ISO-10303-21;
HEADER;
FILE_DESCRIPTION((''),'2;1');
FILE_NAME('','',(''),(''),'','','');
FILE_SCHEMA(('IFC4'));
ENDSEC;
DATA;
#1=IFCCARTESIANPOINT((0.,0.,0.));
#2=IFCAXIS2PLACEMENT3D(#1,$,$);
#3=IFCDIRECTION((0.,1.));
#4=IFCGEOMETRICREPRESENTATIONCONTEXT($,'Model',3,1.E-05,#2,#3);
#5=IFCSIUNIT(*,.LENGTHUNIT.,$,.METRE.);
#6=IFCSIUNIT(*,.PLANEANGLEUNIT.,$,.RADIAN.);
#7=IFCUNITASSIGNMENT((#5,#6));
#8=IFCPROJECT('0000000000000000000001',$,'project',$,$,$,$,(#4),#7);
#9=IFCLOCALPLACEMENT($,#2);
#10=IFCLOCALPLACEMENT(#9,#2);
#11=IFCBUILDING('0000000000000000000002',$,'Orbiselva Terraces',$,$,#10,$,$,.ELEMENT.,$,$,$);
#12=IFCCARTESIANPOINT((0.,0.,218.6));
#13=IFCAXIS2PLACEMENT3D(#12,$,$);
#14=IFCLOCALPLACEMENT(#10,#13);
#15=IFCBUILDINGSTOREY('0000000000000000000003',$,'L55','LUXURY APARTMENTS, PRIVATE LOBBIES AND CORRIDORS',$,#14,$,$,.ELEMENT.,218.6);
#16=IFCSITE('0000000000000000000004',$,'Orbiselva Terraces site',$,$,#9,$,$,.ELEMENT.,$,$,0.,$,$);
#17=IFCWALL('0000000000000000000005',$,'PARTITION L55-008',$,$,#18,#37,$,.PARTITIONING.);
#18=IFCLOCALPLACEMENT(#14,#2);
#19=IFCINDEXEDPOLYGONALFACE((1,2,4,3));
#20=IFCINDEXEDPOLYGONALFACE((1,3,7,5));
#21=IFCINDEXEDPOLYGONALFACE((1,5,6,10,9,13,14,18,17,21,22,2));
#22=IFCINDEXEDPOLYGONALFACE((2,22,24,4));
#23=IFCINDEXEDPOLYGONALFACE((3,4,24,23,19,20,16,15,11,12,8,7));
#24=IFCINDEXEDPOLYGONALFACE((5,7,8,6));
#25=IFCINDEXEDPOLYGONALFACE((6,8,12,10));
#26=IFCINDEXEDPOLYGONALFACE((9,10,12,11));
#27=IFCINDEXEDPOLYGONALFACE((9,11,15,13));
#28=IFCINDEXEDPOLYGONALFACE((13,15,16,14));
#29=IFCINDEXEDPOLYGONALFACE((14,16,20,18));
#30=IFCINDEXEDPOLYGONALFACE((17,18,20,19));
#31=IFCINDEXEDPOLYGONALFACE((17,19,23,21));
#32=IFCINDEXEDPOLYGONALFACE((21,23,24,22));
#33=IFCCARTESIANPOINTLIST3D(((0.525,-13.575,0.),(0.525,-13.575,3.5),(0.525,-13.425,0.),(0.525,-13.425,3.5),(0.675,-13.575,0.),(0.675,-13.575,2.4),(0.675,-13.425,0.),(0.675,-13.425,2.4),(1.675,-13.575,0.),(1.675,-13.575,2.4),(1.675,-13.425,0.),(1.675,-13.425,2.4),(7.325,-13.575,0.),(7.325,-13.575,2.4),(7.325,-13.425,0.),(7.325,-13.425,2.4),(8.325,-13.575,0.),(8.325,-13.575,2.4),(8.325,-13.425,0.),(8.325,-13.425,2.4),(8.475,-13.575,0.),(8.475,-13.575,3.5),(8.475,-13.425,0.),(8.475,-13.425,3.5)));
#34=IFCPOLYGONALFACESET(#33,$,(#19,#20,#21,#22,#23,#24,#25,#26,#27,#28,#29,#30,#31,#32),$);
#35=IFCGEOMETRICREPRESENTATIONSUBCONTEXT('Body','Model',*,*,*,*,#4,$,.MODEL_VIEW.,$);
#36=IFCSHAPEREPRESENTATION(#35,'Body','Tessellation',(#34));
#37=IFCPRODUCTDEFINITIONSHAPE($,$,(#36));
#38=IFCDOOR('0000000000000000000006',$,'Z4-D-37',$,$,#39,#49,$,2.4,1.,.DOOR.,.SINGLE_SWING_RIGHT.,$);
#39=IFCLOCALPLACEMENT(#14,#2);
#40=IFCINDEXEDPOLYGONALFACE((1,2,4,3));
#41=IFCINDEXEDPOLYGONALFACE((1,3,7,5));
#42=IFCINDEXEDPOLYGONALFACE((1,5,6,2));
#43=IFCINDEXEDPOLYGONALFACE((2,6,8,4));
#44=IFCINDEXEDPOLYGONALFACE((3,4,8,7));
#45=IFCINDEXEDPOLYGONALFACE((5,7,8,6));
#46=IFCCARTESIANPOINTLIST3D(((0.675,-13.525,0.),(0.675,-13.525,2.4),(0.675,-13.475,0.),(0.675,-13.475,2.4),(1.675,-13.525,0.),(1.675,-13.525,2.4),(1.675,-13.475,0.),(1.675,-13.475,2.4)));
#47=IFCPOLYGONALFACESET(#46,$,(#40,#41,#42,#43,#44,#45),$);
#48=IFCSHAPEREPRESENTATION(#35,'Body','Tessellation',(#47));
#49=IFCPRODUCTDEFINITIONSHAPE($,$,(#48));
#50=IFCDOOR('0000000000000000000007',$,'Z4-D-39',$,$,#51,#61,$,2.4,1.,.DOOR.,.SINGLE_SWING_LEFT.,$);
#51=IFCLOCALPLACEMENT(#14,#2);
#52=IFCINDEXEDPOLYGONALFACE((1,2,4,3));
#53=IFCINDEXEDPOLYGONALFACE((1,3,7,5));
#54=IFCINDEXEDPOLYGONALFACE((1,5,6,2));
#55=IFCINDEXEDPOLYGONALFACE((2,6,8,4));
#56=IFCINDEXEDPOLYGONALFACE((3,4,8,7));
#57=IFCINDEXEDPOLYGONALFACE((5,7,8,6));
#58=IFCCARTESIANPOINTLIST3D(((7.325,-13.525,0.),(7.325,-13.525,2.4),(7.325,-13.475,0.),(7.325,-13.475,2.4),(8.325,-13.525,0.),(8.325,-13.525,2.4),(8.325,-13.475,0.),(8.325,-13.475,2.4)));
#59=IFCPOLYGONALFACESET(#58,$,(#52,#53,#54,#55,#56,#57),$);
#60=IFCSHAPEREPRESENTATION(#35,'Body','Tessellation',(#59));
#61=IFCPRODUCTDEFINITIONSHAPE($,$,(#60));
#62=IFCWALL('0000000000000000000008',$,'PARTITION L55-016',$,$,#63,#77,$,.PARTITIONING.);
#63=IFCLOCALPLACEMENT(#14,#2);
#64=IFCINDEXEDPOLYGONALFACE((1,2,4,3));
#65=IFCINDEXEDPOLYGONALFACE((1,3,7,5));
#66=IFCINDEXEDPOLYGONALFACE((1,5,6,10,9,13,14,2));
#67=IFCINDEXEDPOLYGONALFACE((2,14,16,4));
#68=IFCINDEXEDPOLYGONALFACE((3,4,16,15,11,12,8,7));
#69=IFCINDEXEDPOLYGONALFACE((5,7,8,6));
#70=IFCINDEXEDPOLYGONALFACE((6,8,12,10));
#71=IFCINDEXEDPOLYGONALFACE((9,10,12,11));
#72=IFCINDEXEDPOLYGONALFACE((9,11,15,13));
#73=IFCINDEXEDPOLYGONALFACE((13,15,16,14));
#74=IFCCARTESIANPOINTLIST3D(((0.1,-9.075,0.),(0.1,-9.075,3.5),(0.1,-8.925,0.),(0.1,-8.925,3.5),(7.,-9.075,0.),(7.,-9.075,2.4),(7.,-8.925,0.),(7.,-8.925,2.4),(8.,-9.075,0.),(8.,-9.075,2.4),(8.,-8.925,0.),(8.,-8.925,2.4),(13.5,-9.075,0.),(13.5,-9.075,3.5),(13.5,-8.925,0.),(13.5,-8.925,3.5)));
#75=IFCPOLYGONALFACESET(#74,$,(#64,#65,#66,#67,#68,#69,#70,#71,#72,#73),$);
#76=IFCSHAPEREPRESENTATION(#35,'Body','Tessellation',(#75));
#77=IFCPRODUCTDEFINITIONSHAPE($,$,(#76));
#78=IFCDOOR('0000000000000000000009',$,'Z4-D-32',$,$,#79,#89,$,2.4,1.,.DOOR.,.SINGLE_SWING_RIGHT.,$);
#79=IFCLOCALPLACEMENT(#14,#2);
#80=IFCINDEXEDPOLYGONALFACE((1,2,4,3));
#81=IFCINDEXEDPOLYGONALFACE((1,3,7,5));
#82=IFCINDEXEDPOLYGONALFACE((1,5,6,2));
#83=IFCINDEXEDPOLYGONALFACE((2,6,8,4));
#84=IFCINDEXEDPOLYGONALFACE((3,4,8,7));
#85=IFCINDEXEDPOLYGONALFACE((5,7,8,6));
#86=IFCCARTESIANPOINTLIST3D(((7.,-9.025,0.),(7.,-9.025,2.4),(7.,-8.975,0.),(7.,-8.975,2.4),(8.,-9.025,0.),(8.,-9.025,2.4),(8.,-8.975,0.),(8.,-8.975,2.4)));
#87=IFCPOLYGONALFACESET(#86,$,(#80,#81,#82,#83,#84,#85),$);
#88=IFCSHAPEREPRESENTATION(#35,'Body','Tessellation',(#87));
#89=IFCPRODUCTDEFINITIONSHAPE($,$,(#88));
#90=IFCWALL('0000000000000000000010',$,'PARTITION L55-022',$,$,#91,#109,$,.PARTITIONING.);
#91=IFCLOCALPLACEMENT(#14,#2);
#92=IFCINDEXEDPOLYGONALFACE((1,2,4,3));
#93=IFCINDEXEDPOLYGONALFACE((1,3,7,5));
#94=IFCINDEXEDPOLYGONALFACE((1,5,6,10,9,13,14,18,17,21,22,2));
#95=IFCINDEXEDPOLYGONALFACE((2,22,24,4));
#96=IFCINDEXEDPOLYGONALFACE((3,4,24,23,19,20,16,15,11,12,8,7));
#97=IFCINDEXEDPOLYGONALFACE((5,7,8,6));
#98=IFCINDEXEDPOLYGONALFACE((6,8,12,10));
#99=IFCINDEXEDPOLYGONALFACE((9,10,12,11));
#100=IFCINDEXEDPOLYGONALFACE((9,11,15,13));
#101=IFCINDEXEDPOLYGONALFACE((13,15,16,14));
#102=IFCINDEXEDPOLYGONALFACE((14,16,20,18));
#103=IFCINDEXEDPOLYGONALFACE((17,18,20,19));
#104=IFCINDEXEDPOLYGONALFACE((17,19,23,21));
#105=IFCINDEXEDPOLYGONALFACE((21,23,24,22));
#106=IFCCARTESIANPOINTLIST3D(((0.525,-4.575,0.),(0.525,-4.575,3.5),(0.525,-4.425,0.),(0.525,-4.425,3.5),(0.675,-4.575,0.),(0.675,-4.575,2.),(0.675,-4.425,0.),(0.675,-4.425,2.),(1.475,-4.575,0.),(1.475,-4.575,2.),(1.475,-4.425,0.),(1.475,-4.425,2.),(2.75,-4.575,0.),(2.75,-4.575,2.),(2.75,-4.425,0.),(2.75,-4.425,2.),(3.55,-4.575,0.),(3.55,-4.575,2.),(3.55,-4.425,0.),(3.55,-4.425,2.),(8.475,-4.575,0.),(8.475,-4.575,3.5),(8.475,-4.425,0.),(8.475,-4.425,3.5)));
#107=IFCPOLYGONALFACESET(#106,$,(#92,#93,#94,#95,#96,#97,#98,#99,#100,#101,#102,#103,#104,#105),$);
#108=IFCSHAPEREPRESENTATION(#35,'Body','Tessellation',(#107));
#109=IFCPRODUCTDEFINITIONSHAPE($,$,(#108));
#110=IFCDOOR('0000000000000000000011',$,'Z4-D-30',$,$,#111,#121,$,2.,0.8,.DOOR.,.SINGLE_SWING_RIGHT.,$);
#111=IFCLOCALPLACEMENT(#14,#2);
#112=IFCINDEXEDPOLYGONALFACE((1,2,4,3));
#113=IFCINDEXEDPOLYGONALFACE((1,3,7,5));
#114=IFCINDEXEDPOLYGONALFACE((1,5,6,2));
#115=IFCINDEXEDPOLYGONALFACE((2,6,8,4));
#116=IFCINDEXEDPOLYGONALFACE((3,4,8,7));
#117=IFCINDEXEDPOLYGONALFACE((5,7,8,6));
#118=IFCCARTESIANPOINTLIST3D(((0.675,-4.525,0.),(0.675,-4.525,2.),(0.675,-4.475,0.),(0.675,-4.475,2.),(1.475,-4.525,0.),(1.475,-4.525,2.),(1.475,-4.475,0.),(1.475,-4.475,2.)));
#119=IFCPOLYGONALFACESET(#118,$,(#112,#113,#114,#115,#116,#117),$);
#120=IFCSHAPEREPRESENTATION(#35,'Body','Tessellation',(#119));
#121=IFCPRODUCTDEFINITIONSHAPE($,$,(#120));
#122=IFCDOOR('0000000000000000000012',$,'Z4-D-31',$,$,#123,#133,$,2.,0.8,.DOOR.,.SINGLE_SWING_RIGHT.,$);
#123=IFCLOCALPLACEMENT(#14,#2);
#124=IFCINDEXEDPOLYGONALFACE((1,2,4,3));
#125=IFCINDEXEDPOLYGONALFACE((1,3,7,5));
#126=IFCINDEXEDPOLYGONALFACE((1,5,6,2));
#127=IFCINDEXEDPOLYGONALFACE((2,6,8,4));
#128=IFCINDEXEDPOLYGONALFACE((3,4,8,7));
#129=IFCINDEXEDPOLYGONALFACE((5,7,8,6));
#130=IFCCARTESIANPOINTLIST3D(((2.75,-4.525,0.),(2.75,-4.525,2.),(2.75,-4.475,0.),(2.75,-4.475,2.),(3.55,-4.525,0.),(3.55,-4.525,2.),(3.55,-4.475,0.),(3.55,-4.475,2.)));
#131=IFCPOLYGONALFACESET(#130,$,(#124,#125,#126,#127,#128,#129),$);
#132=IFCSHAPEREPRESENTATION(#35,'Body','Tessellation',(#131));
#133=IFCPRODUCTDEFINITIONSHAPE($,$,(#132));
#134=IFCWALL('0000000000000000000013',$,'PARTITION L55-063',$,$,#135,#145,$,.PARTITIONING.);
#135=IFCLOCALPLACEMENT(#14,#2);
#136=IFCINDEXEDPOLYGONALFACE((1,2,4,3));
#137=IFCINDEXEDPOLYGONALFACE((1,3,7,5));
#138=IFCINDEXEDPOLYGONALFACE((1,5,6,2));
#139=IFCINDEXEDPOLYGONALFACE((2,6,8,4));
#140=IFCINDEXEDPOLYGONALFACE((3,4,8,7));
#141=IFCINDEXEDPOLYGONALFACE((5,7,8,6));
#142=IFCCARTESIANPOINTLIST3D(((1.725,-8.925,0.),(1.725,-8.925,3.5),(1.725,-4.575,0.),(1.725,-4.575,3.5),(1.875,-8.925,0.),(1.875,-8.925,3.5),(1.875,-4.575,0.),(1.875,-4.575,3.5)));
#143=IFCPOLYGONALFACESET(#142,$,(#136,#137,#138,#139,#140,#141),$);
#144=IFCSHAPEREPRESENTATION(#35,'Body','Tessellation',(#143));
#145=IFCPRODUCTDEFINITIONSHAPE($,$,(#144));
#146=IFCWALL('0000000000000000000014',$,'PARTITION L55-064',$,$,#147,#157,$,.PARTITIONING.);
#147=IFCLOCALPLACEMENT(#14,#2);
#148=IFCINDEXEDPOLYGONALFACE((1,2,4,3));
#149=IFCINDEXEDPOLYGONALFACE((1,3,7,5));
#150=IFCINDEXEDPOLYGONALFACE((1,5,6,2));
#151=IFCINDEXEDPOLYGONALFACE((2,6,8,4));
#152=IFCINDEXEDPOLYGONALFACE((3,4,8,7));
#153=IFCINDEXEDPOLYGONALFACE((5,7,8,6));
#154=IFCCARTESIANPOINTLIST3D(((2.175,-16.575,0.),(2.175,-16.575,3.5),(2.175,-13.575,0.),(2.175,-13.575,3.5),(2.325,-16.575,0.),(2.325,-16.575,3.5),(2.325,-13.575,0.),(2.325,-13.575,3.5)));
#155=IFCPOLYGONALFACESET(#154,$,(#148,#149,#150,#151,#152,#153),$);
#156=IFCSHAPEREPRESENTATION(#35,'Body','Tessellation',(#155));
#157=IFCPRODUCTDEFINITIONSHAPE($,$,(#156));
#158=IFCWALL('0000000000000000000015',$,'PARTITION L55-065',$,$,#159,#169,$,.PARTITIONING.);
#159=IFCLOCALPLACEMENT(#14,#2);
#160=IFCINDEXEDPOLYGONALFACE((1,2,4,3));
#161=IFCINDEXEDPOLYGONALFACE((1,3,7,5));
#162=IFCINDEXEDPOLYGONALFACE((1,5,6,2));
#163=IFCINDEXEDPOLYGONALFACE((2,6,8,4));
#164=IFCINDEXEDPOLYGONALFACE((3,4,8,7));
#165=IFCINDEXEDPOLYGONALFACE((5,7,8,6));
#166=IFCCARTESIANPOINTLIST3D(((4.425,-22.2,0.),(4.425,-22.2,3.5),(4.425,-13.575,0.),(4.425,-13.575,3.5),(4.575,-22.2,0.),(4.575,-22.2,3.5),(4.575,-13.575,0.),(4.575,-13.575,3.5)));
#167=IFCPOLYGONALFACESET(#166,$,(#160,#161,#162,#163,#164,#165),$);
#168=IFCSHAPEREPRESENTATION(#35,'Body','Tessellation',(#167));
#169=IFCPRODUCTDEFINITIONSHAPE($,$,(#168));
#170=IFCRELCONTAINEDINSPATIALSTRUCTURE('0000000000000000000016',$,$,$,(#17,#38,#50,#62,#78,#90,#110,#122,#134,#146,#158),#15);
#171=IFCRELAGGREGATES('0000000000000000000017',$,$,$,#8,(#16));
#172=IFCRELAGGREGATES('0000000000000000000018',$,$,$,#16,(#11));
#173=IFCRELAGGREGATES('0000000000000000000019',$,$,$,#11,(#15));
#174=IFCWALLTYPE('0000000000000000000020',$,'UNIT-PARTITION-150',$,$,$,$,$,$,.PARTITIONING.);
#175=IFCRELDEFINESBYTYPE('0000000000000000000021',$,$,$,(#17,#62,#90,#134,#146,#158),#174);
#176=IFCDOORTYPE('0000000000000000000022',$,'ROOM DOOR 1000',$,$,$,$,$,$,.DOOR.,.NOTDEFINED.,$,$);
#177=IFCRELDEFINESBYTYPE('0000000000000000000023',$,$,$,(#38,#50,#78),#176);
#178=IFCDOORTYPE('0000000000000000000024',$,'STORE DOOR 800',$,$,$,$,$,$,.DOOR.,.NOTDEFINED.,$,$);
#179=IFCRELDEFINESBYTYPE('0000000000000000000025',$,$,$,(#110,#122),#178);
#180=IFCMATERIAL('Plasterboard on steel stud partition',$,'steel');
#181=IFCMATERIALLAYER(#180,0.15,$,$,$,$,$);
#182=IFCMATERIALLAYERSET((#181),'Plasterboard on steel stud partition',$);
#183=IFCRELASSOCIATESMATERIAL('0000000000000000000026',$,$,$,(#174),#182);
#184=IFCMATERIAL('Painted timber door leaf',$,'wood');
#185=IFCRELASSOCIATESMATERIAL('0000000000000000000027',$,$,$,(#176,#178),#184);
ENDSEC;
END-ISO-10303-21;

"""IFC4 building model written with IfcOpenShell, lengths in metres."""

from ifc_helpers import new_model, si_unit, direction, frame, frame_2d, origin, place, context, subcontext, project, spatial, rectangle, extrude, material, layer, layer_set, type_object, element, fill, save


model = new_model("IFC4")

# Units and contexts
model_context = context("Model", 3, precision=1e-05, world=origin(), true_north=direction((0.0, 1.0)))
body_context = subcontext(model_context, "Body", "Model", "MODEL_VIEW")
ifc_project = project(units=[si_unit("LENGTHUNIT", "METRE"), si_unit("PLANEANGLEUNIT", "RADIAN")], contexts=[model_context])

# Site, building, storey
site_placement = place(None, origin())
site = spatial("IfcSite", under=ifc_project, at=site_placement, Name="Orbiselva Terraces site", CompositionType="ELEMENT", RefElevation=0.0)
building_placement = place(site_placement, origin())
building = spatial("IfcBuilding", under=site, at=building_placement, Name="Orbiselva Terraces", CompositionType="ELEMENT")
storey_placement = place(building_placement, frame((0.0, 0.0, 218.6)))
storey = spatial("IfcBuildingStorey", under=building, at=storey_placement, Name="L55", Description="LUXURY APARTMENTS, PRIVATE LOBBIES AND CORRIDORS", CompositionType="ELEMENT", Elevation=218.6)

# Shared definitions
ifc_material_1 = material(Name="Plasterboard on steel stud partition", Category="steel")

# Shared definitions
ifc_layer_1 = layer(ifc_material_1, 0.15)
ifc_layer_set_1 = layer_set([ifc_layer_1], Name="Plasterboard on steel stud partition")
wall_type_1 = type_object("IfcWallType", Name="UNIT-PARTITION-150", PredefinedType="PARTITIONING", material=ifc_layer_set_1)
ifc_material_2 = material(Name="Painted timber door leaf", Category="wood")

# Wall, openings, doors
wall_1_placement = place(storey_placement, frame((8.475, -13.5, 0.0), z_axis=(0.0, 0.0, 1.0), x_axis=(-1.0, 0.0, 0.0)))
wall_1 = element("IfcWall", 1, at=wall_1_placement, inside=storey, type_object=wall_type_1, Name="PARTITION L55-008", PredefinedType="PARTITIONING", context=body_context, shape_type="SweptSolid", body=[
    extrude(rectangle(XDim=7.95, YDim=0.15, at=frame_2d((3.975, 0.0))), origin(), (0.0, 0.0, 1.0), 3.5),
])
opening_1_placement = place(wall_1_placement, frame((6.8, 0.0, 0.0)))
opening_1 = element("IfcOpeningElement", 2, at=opening_1_placement, cuts=wall_1, PredefinedType="OPENING", context=body_context, shape_type="SweptSolid", body=[
    extrude(rectangle(XDim=1.0, YDim=2.4, at=frame_2d((0.5, 1.2))), frame((0.0, 0.085, 0.0), z_axis=(0.0, -1.0, 0.0), x_axis=(1.0, 0.0, 0.0)), (0.0, 0.0, 1.0), 0.17),
])
opening_2_placement = place(wall_1_placement, frame((0.15, 0.0, 0.0)))
opening_2 = element("IfcOpeningElement", 3, at=opening_2_placement, cuts=wall_1, PredefinedType="OPENING", context=body_context, shape_type="SweptSolid", body=[
    extrude(rectangle(XDim=1.0, YDim=2.4, at=frame_2d((0.5, 1.2))), frame((0.0, 0.085, 0.0), z_axis=(0.0, -1.0, 0.0), x_axis=(1.0, 0.0, 0.0)), (0.0, 0.0, 1.0), 0.17),
])
door_type_1 = type_object("IfcDoorType", Name="ROOM DOOR 1000", OperationType="NOTDEFINED", PredefinedType="DOOR", material=ifc_material_2)
door_1_placement = place(opening_1_placement, origin())
door_1 = element("IfcDoor", 4, at=door_1_placement, inside=storey, type_object=door_type_1, Name="Z4-D-37", OperationType="SINGLE_SWING_RIGHT", OverallHeight=2.4, OverallWidth=1.0, PredefinedType="DOOR", context=body_context, shape_type="SweptSolid", body=[
    extrude(rectangle(XDim=1.0, YDim=2.4, at=frame_2d((0.5, 1.2))), frame((0.0, 0.025, 0.0), z_axis=(0.0, -1.0, 0.0), x_axis=(1.0, 0.0, 0.0)), (0.0, 0.0, 1.0), 0.05),
])
fill(opening_1, door_1)
door_2_placement = place(opening_2_placement, origin())
door_2 = element("IfcDoor", 5, at=door_2_placement, inside=storey, type_object=door_type_1, Name="Z4-D-39", OperationType="SINGLE_SWING_LEFT", OverallHeight=2.4, OverallWidth=1.0, PredefinedType="DOOR", context=body_context, shape_type="SweptSolid", body=[
    extrude(rectangle(XDim=1.0, YDim=2.4, at=frame_2d((0.5, 1.2))), frame((0.0, 0.025, 0.0), z_axis=(0.0, -1.0, 0.0), x_axis=(1.0, 0.0, 0.0)), (0.0, 0.0, 1.0), 0.05),
])
fill(opening_2, door_2)

# Wall, opening, door
wall_2_placement = place(storey_placement, frame((0.1, -9.0, 0.0), z_axis=(0.0, 0.0, 1.0), x_axis=(1.0, 0.0, 0.0)))
wall_2 = element("IfcWall", 6, at=wall_2_placement, inside=storey, type_object=wall_type_1, Name="PARTITION L55-016", PredefinedType="PARTITIONING", context=body_context, shape_type="SweptSolid", body=[
    extrude(rectangle(XDim=13.4, YDim=0.15, at=frame_2d((6.7, 0.0))), origin(), (0.0, 0.0, 1.0), 3.5),
])
opening_3_placement = place(wall_2_placement, frame((6.9, 0.0, 0.0)))
opening_3 = element("IfcOpeningElement", 7, at=opening_3_placement, cuts=wall_2, PredefinedType="OPENING", context=body_context, shape_type="SweptSolid", body=[
    extrude(rectangle(XDim=1.0, YDim=2.4, at=frame_2d((0.5, 1.2))), frame((0.0, 0.085, 0.0), z_axis=(0.0, -1.0, 0.0), x_axis=(1.0, 0.0, 0.0)), (0.0, 0.0, 1.0), 0.17),
])
door_3_placement = place(opening_3_placement, origin())
door_3 = element("IfcDoor", 8, at=door_3_placement, inside=storey, type_object=door_type_1, Name="Z4-D-32", OperationType="SINGLE_SWING_RIGHT", OverallHeight=2.4, OverallWidth=1.0, PredefinedType="DOOR", context=body_context, shape_type="SweptSolid", body=[
    extrude(rectangle(XDim=1.0, YDim=2.4, at=frame_2d((0.5, 1.2))), frame((0.0, 0.025, 0.0), z_axis=(0.0, -1.0, 0.0), x_axis=(1.0, 0.0, 0.0)), (0.0, 0.0, 1.0), 0.05),
])
fill(opening_3, door_3)

# Wall, openings, doors
wall_3_placement = place(storey_placement, frame((8.475, -4.5, 0.0), z_axis=(0.0, 0.0, 1.0), x_axis=(-1.0, 0.0, 0.0)))
wall_3 = element("IfcWall", 9, at=wall_3_placement, inside=storey, type_object=wall_type_1, Name="PARTITION L55-022", PredefinedType="PARTITIONING", context=body_context, shape_type="SweptSolid", body=[
    extrude(rectangle(XDim=7.95, YDim=0.15, at=frame_2d((3.975, 0.0))), origin(), (0.0, 0.0, 1.0), 3.5),
])
opening_4_placement = place(wall_3_placement, frame((7.0, 0.0, 0.0)))
opening_4 = element("IfcOpeningElement", 10, at=opening_4_placement, cuts=wall_3, PredefinedType="OPENING", context=body_context, shape_type="SweptSolid", body=[
    extrude(rectangle(XDim=0.8, YDim=2.0, at=frame_2d((0.4, 1.0))), frame((0.0, 0.085, 0.0), z_axis=(0.0, -1.0, 0.0), x_axis=(1.0, 0.0, 0.0)), (0.0, 0.0, 1.0), 0.17),
])
opening_5_placement = place(wall_3_placement, frame((4.925, 0.0, 0.0)))
opening_5 = element("IfcOpeningElement", 11, at=opening_5_placement, cuts=wall_3, PredefinedType="OPENING", context=body_context, shape_type="SweptSolid", body=[
    extrude(rectangle(XDim=0.8, YDim=2.0, at=frame_2d((0.4, 1.0))), frame((0.0, 0.085, 0.0), z_axis=(0.0, -1.0, 0.0), x_axis=(1.0, 0.0, 0.0)), (0.0, 0.0, 1.0), 0.17),
])
door_type_2 = type_object("IfcDoorType", Name="STORE DOOR 800", OperationType="NOTDEFINED", PredefinedType="DOOR", material=ifc_material_2)
door_4_placement = place(opening_4_placement, origin())
door_4 = element("IfcDoor", 12, at=door_4_placement, inside=storey, type_object=door_type_2, Name="Z4-D-30", OperationType="SINGLE_SWING_RIGHT", OverallHeight=2.0, OverallWidth=0.8, PredefinedType="DOOR", context=body_context, shape_type="SweptSolid", body=[
    extrude(rectangle(XDim=0.8, YDim=2.0, at=frame_2d((0.4, 1.0))), frame((0.0, 0.025, 0.0), z_axis=(0.0, -1.0, 0.0), x_axis=(1.0, 0.0, 0.0)), (0.0, 0.0, 1.0), 0.05),
])
fill(opening_4, door_4)
door_5_placement = place(opening_5_placement, origin())
door_5 = element("IfcDoor", 13, at=door_5_placement, inside=storey, type_object=door_type_2, Name="Z4-D-31", OperationType="SINGLE_SWING_RIGHT", OverallHeight=2.0, OverallWidth=0.8, PredefinedType="DOOR", context=body_context, shape_type="SweptSolid", body=[
    extrude(rectangle(XDim=0.8, YDim=2.0, at=frame_2d((0.4, 1.0))), frame((0.0, 0.025, 0.0), z_axis=(0.0, -1.0, 0.0), x_axis=(1.0, 0.0, 0.0)), (0.0, 0.0, 1.0), 0.05),
])
fill(opening_5, door_5)

# Walls
wall_4_placement = place(storey_placement, frame((1.8, -8.925, 0.0), z_axis=(0.0, 0.0, 1.0), x_axis=(0.0, 1.0, 0.0)))
element("IfcWall", 14, at=wall_4_placement, inside=storey, type_object=wall_type_1, Name="PARTITION L55-063", PredefinedType="PARTITIONING", context=body_context, shape_type="SweptSolid", body=[
    extrude(rectangle(XDim=4.35, YDim=0.15, at=frame_2d((2.175, 0.0))), origin(), (0.0, 0.0, 1.0), 3.5),
])
wall_5_placement = place(storey_placement, frame((2.25, -16.575, 0.0), z_axis=(0.0, 0.0, 1.0), x_axis=(0.0, 1.0, 0.0)))
element("IfcWall", 15, at=wall_5_placement, inside=storey, type_object=wall_type_1, Name="PARTITION L55-064", PredefinedType="PARTITIONING", context=body_context, shape_type="SweptSolid", body=[
    extrude(rectangle(XDim=3.0, YDim=0.15, at=frame_2d((1.5, 0.0))), origin(), (0.0, 0.0, 1.0), 3.5),
])
wall_6_placement = place(storey_placement, frame((4.5, -22.2, 0.0), z_axis=(0.0, 0.0, 1.0), x_axis=(0.0, 1.0, 0.0)))
element("IfcWall", 16, at=wall_6_placement, inside=storey, type_object=wall_type_1, Name="PARTITION L55-065", PredefinedType="PARTITIONING", context=body_context, shape_type="SweptSolid", body=[
    extrude(rectangle(XDim=8.625, YDim=0.15, at=frame_2d((4.3125, 0.0))), origin(), (0.0, 0.0, 1.0), 3.5),
])

save(model, "model.ifc")
